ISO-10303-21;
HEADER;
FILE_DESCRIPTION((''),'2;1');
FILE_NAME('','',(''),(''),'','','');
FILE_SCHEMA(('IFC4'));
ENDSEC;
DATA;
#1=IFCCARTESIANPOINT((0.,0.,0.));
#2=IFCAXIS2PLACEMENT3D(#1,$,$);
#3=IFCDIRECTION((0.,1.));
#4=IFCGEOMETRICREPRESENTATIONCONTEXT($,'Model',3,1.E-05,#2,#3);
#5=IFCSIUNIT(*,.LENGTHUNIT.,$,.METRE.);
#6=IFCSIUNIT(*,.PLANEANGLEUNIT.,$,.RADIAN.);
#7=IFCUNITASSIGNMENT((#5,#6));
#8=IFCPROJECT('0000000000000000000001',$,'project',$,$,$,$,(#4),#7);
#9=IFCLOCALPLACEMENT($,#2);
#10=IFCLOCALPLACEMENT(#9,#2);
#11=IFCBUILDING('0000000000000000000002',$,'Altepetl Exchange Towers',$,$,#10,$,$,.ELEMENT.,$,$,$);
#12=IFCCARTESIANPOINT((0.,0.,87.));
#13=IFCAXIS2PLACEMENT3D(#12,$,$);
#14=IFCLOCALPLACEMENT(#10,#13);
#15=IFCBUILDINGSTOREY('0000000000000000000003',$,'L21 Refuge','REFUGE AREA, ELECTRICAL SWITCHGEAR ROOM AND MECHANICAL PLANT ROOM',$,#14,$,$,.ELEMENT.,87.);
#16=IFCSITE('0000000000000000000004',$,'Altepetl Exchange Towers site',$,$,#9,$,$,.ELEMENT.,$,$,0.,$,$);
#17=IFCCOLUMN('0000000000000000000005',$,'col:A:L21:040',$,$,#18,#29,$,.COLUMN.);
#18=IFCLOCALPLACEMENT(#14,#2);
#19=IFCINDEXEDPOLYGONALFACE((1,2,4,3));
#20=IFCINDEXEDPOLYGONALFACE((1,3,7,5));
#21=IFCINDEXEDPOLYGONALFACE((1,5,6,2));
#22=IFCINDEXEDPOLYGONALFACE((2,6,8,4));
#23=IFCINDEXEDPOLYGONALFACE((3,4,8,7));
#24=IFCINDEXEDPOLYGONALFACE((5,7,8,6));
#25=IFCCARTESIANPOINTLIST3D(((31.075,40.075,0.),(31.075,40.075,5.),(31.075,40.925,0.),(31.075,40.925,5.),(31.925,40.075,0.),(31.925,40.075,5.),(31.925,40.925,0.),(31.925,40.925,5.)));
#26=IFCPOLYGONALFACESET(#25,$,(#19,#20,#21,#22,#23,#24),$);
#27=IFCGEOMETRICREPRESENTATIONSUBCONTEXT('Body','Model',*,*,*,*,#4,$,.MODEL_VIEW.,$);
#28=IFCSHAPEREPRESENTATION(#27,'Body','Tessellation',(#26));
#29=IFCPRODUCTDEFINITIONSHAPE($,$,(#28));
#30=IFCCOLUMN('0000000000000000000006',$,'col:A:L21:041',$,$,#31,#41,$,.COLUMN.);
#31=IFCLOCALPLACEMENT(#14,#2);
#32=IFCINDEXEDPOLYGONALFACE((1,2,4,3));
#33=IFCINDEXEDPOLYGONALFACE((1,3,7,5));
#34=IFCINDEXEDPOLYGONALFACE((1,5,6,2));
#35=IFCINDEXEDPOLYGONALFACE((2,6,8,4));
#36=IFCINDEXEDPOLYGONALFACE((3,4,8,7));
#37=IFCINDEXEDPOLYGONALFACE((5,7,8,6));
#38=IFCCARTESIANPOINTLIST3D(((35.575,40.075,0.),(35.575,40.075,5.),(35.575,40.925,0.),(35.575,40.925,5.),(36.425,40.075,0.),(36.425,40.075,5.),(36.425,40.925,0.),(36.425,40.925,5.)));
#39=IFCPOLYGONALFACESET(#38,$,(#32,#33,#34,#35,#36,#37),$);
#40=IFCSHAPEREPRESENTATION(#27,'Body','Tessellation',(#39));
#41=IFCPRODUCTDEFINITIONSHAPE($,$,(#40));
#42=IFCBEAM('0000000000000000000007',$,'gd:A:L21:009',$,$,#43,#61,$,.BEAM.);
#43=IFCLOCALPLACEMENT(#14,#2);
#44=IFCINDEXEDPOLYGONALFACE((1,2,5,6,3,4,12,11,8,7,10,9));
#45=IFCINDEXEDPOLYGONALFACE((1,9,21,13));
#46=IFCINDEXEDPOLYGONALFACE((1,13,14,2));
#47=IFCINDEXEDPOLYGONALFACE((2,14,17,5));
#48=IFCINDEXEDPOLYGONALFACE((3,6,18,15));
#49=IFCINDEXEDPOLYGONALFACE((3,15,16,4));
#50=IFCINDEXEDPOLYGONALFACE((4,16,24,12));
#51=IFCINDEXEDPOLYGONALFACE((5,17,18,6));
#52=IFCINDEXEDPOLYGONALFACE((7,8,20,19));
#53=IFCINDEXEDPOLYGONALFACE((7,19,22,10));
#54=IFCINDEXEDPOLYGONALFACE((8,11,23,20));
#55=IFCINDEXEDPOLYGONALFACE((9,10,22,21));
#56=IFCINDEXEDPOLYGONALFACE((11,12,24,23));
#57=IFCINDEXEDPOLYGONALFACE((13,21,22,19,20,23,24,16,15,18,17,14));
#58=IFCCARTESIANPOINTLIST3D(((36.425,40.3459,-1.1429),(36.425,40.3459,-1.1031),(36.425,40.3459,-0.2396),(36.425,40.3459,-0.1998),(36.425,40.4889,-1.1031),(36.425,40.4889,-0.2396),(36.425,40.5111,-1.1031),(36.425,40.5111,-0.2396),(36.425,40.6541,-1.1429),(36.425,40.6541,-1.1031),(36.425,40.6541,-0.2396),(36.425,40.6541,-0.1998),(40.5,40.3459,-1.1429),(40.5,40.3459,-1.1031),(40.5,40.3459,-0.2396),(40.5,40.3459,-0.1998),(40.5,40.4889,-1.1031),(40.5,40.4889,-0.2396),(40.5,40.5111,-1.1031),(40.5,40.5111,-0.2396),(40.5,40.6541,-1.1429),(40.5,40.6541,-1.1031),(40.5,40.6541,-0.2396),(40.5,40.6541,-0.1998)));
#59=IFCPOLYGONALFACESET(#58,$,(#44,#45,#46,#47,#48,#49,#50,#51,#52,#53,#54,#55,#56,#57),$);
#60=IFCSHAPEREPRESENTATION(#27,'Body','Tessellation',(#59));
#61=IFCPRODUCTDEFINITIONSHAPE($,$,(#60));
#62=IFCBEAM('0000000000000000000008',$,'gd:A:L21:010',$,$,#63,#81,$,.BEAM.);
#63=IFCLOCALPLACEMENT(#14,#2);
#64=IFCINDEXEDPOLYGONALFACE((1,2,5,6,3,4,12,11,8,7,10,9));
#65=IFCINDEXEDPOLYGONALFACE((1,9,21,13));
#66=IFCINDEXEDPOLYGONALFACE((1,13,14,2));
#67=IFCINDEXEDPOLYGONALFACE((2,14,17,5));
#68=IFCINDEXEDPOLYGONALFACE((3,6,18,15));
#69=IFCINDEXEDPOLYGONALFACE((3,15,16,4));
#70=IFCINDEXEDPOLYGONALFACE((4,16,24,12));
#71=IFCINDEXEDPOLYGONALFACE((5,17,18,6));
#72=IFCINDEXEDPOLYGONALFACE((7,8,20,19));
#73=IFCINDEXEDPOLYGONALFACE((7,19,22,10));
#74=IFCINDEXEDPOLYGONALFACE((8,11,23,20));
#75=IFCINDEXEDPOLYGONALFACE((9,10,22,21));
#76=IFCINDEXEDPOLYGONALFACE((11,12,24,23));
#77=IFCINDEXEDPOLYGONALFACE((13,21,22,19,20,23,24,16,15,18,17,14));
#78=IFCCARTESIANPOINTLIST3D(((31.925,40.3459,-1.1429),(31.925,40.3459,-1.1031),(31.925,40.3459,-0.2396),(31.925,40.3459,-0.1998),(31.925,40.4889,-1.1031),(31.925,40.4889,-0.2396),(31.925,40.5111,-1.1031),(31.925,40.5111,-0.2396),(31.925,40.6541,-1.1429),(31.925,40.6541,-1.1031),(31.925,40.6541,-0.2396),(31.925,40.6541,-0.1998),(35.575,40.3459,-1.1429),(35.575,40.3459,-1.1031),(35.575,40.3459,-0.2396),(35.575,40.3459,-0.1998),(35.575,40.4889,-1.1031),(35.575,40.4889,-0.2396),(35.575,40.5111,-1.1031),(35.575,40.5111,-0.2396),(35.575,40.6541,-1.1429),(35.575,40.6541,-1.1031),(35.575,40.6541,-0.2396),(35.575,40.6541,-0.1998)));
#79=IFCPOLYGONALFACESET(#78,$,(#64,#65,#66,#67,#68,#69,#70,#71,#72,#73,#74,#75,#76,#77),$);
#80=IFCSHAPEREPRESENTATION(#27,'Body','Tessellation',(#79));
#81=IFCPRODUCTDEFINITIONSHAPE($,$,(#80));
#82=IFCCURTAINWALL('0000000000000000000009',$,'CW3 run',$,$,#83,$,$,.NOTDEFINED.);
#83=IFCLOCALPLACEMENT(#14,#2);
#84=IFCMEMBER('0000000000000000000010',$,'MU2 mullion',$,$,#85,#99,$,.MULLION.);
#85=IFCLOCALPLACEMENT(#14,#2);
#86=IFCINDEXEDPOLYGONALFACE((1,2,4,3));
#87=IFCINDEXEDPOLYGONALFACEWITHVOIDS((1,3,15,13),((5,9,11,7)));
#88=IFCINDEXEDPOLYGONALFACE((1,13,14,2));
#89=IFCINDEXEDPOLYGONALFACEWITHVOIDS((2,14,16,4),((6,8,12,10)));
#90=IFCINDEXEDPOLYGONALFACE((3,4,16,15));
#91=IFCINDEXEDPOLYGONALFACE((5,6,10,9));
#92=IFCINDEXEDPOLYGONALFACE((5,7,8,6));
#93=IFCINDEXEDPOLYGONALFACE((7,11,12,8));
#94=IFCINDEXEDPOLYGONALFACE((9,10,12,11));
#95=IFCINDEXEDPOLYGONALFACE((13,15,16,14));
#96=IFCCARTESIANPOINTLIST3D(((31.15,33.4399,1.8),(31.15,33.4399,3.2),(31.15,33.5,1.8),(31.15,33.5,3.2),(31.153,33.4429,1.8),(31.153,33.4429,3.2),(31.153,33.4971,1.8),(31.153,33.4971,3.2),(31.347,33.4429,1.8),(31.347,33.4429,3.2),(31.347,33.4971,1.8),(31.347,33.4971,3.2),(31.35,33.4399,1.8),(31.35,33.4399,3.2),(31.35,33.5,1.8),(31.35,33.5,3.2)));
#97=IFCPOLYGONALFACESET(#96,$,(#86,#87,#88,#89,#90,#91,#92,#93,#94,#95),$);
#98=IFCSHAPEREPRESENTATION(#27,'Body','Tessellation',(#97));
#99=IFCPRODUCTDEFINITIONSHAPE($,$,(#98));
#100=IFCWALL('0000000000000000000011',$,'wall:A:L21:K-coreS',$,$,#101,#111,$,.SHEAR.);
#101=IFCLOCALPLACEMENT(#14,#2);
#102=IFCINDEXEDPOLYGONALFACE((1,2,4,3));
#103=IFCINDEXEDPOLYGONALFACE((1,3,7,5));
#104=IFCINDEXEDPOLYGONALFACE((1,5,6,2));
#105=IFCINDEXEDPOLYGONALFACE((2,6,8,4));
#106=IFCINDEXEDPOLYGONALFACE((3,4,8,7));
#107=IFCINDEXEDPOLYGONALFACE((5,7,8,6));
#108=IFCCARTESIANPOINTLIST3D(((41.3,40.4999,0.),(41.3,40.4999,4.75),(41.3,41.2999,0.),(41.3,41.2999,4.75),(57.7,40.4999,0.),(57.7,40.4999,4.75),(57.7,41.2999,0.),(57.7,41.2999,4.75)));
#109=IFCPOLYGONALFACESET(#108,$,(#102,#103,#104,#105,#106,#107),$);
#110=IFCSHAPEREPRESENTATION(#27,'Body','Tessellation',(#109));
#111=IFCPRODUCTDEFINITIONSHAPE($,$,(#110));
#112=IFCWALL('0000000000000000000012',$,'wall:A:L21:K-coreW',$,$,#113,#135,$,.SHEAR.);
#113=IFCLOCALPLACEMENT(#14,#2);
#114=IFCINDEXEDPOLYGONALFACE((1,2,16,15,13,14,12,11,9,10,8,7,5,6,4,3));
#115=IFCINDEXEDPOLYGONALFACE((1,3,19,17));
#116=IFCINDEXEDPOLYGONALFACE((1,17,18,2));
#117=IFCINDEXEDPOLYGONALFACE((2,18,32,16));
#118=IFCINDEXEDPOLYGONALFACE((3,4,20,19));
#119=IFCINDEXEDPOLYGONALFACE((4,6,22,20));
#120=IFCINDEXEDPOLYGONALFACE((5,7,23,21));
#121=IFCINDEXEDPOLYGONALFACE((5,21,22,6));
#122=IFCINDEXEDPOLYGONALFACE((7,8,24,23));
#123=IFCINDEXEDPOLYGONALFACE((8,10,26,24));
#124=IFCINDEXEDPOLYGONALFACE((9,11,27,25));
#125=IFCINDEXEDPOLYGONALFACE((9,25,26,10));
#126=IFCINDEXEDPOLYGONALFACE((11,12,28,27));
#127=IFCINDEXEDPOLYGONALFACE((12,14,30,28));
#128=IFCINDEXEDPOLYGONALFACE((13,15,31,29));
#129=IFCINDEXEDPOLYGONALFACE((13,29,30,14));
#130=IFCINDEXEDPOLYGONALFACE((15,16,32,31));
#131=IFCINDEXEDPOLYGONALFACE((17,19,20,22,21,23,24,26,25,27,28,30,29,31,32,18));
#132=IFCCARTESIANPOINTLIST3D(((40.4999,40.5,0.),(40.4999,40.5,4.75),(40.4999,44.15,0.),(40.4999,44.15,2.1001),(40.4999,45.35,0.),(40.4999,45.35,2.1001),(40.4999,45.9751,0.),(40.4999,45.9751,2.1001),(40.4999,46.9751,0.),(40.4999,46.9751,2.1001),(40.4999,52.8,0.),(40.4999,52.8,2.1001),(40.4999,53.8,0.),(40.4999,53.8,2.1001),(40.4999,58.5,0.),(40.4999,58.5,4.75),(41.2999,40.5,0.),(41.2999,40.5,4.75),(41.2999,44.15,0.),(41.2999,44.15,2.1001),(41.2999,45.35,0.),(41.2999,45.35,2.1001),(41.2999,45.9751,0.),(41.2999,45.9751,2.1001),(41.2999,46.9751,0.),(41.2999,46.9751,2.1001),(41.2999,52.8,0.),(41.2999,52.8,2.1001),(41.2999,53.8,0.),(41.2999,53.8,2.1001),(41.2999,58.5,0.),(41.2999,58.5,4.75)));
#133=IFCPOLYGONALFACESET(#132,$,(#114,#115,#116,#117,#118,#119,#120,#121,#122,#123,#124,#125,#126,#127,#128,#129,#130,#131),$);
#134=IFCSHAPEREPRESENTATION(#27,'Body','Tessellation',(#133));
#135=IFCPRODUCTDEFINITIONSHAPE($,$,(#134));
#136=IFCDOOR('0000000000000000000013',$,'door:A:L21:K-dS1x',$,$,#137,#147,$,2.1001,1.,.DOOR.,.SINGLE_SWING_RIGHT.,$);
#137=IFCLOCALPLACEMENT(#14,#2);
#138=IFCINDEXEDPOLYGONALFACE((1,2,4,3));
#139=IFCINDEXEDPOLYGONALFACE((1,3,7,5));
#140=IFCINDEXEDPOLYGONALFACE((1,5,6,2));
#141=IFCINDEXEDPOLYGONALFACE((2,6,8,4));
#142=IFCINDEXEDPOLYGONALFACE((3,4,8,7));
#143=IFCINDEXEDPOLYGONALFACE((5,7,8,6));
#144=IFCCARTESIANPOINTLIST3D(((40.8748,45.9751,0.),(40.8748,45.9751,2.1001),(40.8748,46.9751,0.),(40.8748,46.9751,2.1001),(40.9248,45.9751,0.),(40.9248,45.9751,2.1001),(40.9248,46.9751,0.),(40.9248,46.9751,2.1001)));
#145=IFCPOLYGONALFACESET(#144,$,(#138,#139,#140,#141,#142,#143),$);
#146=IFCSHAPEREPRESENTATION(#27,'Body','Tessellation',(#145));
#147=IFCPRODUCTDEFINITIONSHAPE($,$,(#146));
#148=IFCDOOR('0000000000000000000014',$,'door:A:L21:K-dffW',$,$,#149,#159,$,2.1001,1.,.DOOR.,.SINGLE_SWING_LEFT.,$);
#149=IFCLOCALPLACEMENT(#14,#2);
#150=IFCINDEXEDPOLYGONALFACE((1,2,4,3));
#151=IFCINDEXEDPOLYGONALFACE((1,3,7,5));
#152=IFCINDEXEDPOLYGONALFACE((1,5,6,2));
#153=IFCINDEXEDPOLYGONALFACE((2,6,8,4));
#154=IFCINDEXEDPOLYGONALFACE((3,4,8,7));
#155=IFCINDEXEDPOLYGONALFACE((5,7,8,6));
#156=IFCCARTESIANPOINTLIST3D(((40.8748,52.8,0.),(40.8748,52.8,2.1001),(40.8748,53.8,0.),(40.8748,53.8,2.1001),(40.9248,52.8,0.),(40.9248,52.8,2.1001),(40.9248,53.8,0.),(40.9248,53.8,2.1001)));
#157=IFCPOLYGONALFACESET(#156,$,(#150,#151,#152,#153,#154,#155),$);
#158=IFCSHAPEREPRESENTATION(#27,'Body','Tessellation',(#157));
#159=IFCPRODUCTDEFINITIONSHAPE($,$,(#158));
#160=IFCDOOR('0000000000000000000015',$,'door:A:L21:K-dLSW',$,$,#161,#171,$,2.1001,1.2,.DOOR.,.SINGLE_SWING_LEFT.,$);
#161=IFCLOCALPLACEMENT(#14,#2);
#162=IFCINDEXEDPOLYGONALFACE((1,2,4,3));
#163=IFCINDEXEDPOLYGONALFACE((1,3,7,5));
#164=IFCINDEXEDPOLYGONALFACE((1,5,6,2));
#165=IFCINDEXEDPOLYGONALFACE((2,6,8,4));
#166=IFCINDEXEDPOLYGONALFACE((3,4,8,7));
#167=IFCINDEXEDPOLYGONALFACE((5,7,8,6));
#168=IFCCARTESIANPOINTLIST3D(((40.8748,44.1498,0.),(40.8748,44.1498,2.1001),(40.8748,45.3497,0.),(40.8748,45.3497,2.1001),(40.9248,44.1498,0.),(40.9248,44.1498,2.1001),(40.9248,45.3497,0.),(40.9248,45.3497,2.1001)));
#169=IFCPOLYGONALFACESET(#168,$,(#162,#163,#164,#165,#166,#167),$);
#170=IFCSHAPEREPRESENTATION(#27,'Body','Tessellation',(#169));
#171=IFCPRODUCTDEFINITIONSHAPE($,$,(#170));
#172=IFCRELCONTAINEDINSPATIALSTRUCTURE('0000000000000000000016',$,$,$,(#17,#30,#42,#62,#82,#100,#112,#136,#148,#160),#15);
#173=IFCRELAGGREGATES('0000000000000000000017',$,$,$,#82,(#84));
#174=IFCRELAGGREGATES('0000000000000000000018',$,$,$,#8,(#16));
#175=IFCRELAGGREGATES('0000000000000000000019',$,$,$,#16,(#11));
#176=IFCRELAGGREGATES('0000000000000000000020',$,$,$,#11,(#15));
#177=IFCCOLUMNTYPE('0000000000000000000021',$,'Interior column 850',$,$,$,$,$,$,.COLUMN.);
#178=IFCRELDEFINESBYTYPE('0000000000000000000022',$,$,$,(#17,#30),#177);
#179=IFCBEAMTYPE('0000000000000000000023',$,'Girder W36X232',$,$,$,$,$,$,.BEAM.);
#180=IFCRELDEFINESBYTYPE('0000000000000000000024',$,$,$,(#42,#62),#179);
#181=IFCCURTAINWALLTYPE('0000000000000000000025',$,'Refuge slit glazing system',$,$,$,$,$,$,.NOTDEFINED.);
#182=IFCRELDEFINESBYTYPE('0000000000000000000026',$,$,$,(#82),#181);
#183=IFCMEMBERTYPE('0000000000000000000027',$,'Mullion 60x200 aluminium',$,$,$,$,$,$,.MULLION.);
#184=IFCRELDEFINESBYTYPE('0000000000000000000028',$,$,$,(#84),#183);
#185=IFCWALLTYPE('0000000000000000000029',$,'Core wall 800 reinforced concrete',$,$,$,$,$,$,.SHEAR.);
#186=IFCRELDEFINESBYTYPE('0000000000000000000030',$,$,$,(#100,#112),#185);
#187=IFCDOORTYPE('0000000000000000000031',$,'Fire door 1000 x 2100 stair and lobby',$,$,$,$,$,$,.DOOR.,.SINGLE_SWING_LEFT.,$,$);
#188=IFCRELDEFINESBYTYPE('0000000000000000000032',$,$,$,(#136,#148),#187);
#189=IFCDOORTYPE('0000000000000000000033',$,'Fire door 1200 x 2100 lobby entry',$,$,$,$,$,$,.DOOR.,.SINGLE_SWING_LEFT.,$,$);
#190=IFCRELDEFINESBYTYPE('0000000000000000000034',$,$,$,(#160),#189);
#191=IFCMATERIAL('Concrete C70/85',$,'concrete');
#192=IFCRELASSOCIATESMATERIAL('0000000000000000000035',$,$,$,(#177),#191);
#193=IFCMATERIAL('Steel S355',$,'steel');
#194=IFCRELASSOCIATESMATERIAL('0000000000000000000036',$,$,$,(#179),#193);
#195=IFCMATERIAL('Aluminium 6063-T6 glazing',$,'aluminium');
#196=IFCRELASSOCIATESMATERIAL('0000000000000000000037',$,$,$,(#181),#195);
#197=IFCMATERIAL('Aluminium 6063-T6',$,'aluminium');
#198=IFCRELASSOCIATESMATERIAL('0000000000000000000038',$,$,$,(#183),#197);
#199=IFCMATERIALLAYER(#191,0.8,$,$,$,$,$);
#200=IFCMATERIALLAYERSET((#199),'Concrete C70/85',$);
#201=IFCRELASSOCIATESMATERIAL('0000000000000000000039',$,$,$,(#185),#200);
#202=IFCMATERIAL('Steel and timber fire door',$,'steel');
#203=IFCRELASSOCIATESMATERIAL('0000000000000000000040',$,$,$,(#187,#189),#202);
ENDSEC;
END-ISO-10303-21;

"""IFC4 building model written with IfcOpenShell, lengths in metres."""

from ifc_helpers import new_model, si_unit, direction, frame, frame_2d, origin, origin_2d, place, context, subcontext, project, spatial, rectangle, hollow_rectangle, i_section, extrude, material, layer, layer_set, material_profile, profile_set, type_object, element, fill, aggregate, save


model = new_model("IFC4")

# Units and contexts
model_context = context("Model", 3, precision=1e-05, world=origin(), true_north=direction((0.0, 1.0)))
body_context = subcontext(model_context, "Body", "Model", "MODEL_VIEW")
ifc_project = project(units=[si_unit("LENGTHUNIT", "METRE"), si_unit("PLANEANGLEUNIT", "RADIAN")], contexts=[model_context])

# Site, building, storey
site_placement = place(None, origin())
site = spatial("IfcSite", under=ifc_project, at=site_placement, Name="Altepetl Exchange Towers site", CompositionType="ELEMENT", RefElevation=0.0)
building_placement = place(site_placement, origin())
building = spatial("IfcBuilding", under=site, at=building_placement, Name="Altepetl Exchange Towers", CompositionType="ELEMENT")
storey_placement = place(building_placement, frame((0.0, 0.0, 87.0)))
storey = spatial("IfcBuildingStorey", under=building, at=storey_placement, Name="L21 Refuge", Description="REFUGE AREA, ELECTRICAL SWITCHGEAR ROOM AND MECHANICAL PLANT ROOM", CompositionType="ELEMENT", Elevation=87.0)

# Columns
ifc_material_1 = material(Name="Concrete C70/85", Category="concrete")
ifc_material_profile_1 = material_profile(ifc_material_1, rectangle(XDim=0.8501, YDim=0.8501, at=origin_2d()), Name="850 x 850")
ifc_profile_set_1 = profile_set([ifc_material_profile_1], Name="Concrete C70/85")
column_type = type_object("IfcColumnType", Name="Interior column 850", PredefinedType="COLUMN", material=ifc_profile_set_1)
for number, where, name in (
    (1, (31.5, 40.5, 0.0), "col:A:L21:040"),
    (2, (36.0, 40.5, 0.0), "col:A:L21:041"),
):
    element("IfcColumn", number, at=place(storey_placement, frame(where)), inside=storey, type_object=column_type, Name=name, PredefinedType="COLUMN", context=body_context, shape_type="SweptSolid", body=[
        extrude(rectangle(XDim=0.8501, YDim=0.8501, at=origin_2d()), origin(), (0.0, 0.0, 1.0), 5.0),
    ])

# Beams
ifc_material_2 = material(Name="Steel S355", Category="steel")
ifc_material_profile_2 = material_profile(ifc_material_2, i_section(OverallWidth=0.3081, OverallDepth=0.9431, WebThickness=0.0222, FlangeThickness=0.0398, at=origin_2d()), Name="W36X232")
ifc_profile_set_2 = profile_set([ifc_material_profile_2], Name="Steel S355")
beam_type = type_object("IfcBeamType", Name="Girder W36X232", PredefinedType="BEAM", material=ifc_profile_set_2)
beam_1_placement = place(storey_placement, frame((40.5, 40.5, -0.6714), z_axis=(-1.0, 0.0, 0.0), x_axis=(0.0, -1.0, 0.0)))
element("IfcBeam", 3, at=beam_1_placement, inside=storey, type_object=beam_type, Name="gd:A:L21:009", PredefinedType="BEAM", context=body_context, shape_type="SweptSolid", body=[
    extrude(i_section(OverallWidth=0.3081, OverallDepth=0.9431, WebThickness=0.0222, FlangeThickness=0.0398, at=origin_2d()), origin(), (0.0, 0.0, 1.0), 4.075),
])
beam_2_placement = place(storey_placement, frame((35.575, 40.5, -0.6714), z_axis=(-1.0, 0.0, 0.0), x_axis=(0.0, -1.0, 0.0)))
element("IfcBeam", 4, at=beam_2_placement, inside=storey, type_object=beam_type, Name="gd:A:L21:010", PredefinedType="BEAM", context=body_context, shape_type="SweptSolid", body=[
    extrude(i_section(OverallWidth=0.3081, OverallDepth=0.9431, WebThickness=0.0222, FlangeThickness=0.0398, at=origin_2d()), origin(), (0.0, 0.0, 1.0), 3.6499),
])

# Curtain wall, member
ifc_material_3 = material(Name="Aluminium 6063-T6 glazing", Category="aluminium")
curtain_wall_type = type_object("IfcCurtainWallType", Name="Refuge slit glazing system", PredefinedType="NOTDEFINED", material=ifc_material_3)
curtain_wall_placement = place(storey_placement, origin())
curtain_wall = element("IfcCurtainWall", 5, at=curtain_wall_placement, inside=storey, type_object=curtain_wall_type, Name="CW3 run", PredefinedType="NOTDEFINED")
ifc_material_4 = material(Name="Aluminium 6063-T6", Category="aluminium")
ifc_material_profile_3 = material_profile(ifc_material_4, hollow_rectangle(XDim=0.0601, YDim=0.2, WallThickness=0.0029, at=origin_2d()), Name="Mullion 60x200 aluminium")
ifc_profile_set_3 = profile_set([ifc_material_profile_3], Name="Aluminium 6063-T6")
member_type = type_object("IfcMemberType", Name="Mullion 60x200 aluminium", PredefinedType="MULLION", material=ifc_profile_set_3)
member_placement = place(storey_placement, frame((31.25, 33.47, 1.8), z_axis=(0.0, 0.0, 1.0), x_axis=(0.0, -1.0, 0.0)))
member = element("IfcMember", 6, at=member_placement, type_object=member_type, Name="MU2 mullion", PredefinedType="MULLION", context=body_context, shape_type="SweptSolid", body=[
    extrude(hollow_rectangle(XDim=0.0601, YDim=0.2, WallThickness=0.0029, at=origin_2d()), origin(), (0.0, 0.0, 1.0), 1.3999),
])
aggregate(curtain_wall, [member])

# Wall
ifc_layer_1 = layer(ifc_material_1, 0.8)
ifc_layer_set_1 = layer_set([ifc_layer_1], Name="Concrete C70/85")
wall_type_1 = type_object("IfcWallType", Name="Core wall 800 reinforced concrete", PredefinedType="SHEAR", material=ifc_layer_set_1)
wall_1_placement = place(storey_placement, frame((41.3, 40.8999, 0.0)))
element("IfcWall", 7, at=wall_1_placement, inside=storey, type_object=wall_type_1, Name="wall:A:L21:K-coreS", PredefinedType="SHEAR", context=body_context, shape_type="SweptSolid", body=[
    extrude(rectangle(XDim=16.3999, YDim=0.8, at=frame_2d((8.2, 0.0))), origin(), (0.0, 0.0, 1.0), 4.75),
])

# Wall, openings, doors
wall_2_placement = place(storey_placement, frame((40.8999, 40.5, 0.0), z_axis=(0.0, 0.0, 1.0), x_axis=(0.0, 1.0, 0.0)))
wall_2 = element("IfcWall", 8, at=wall_2_placement, inside=storey, type_object=wall_type_1, Name="wall:A:L21:K-coreW", PredefinedType="SHEAR", context=body_context, shape_type="SweptSolid", body=[
    extrude(rectangle(XDim=18.0, YDim=0.8, at=frame_2d((9.0, 0.0))), origin(), (0.0, 0.0, 1.0), 4.75),
])
opening_1_placement = place(wall_2_placement, frame((3.6499, 0.0, 0.0)))
opening_1 = element("IfcOpeningElement", 9, at=opening_1_placement, cuts=wall_2, PredefinedType="OPENING", context=body_context, shape_type="SweptSolid", body=[
    extrude(rectangle(XDim=1.2, YDim=2.1001, at=frame_2d((0.6001, 1.05))), frame((0.0, 0.4102, 0.0), z_axis=(0.0, -1.0, 0.0), x_axis=(1.0, 0.0, 0.0)), (0.0, 0.0, 1.0), 0.8201),
])
opening_2_placement = place(wall_2_placement, frame((5.4751, 0.0, 0.0)))
opening_2 = element("IfcOpeningElement", 10, at=opening_2_placement, cuts=wall_2, PredefinedType="OPENING", context=body_context, shape_type="SweptSolid", body=[
    extrude(rectangle(XDim=1.0, YDim=2.1001, at=frame_2d((0.5, 1.05))), frame((0.0, 0.4102, 0.0), z_axis=(0.0, -1.0, 0.0), x_axis=(1.0, 0.0, 0.0)), (0.0, 0.0, 1.0), 0.8201),
])
opening_3_placement = place(wall_2_placement, frame((12.3, 0.0, 0.0)))
opening_3 = element("IfcOpeningElement", 11, at=opening_3_placement, cuts=wall_2, PredefinedType="OPENING", context=body_context, shape_type="SweptSolid", body=[
    extrude(rectangle(XDim=1.0, YDim=2.1001, at=frame_2d((0.5, 1.05))), frame((0.0, 0.4102, 0.0), z_axis=(0.0, -1.0, 0.0), x_axis=(1.0, 0.0, 0.0)), (0.0, 0.0, 1.0), 0.8201),
])
ifc_material_5 = material(Name="Steel and timber fire door", Category="steel")
door_type_1 = type_object("IfcDoorType", Name="Fire door 1000 x 2100 stair and lobby", OperationType="SINGLE_SWING_LEFT", PredefinedType="DOOR", material=ifc_material_5)
door_1_placement = place(opening_2_placement, frame((1.0, 0.0, 0.0), x_axis=(-1.0, 0.0, 0.0)))
door_1 = element("IfcDoor", 12, at=door_1_placement, inside=storey, type_object=door_type_1, Name="door:A:L21:K-dS1x", OperationType="SINGLE_SWING_RIGHT", OverallHeight=2.1001, OverallWidth=1.0, PredefinedType="DOOR", context=body_context, shape_type="SweptSolid", body=[
    extrude(rectangle(XDim=1.0, YDim=2.1001, at=frame_2d((0.5, 1.05))), frame((0.0, 0.0249, 0.0), z_axis=(0.0, -1.0, 0.0), x_axis=(1.0, 0.0, 0.0)), (0.0, 0.0, 1.0), 0.05),
])
fill(opening_2, door_1)
door_2_placement = place(opening_3_placement, frame((1.0, 0.0, 0.0), x_axis=(-1.0, 0.0, 0.0)))
door_2 = element("IfcDoor", 13, at=door_2_placement, inside=storey, type_object=door_type_1, Name="door:A:L21:K-dffW", OperationType="SINGLE_SWING_LEFT", OverallHeight=2.1001, OverallWidth=1.0, PredefinedType="DOOR", context=body_context, shape_type="SweptSolid", body=[
    extrude(rectangle(XDim=1.0, YDim=2.1001, at=frame_2d((0.5, 1.05))), frame((0.0, 0.0249, 0.0), z_axis=(0.0, -1.0, 0.0), x_axis=(1.0, 0.0, 0.0)), (0.0, 0.0, 1.0), 0.05),
])
fill(opening_3, door_2)
door_type_2 = type_object("IfcDoorType", Name="Fire door 1200 x 2100 lobby entry", OperationType="SINGLE_SWING_LEFT", PredefinedType="DOOR", material=ifc_material_5)
door_3_placement = place(opening_1_placement, frame((1.2, 0.0, 0.0), x_axis=(-1.0, 0.0, 0.0)))
door_3 = element("IfcDoor", 14, at=door_3_placement, inside=storey, type_object=door_type_2, Name="door:A:L21:K-dLSW", OperationType="SINGLE_SWING_LEFT", OverallHeight=2.1001, OverallWidth=1.2, PredefinedType="DOOR", context=body_context, shape_type="SweptSolid", body=[
    extrude(rectangle(XDim=1.2, YDim=2.1001, at=frame_2d((0.6001, 1.05))), frame((0.0, 0.0249, 0.0), z_axis=(0.0, -1.0, 0.0), x_axis=(1.0, 0.0, 0.0)), (0.0, 0.0, 1.0), 0.05),
])
fill(opening_1, door_3)

save(model, "model.ifc")
